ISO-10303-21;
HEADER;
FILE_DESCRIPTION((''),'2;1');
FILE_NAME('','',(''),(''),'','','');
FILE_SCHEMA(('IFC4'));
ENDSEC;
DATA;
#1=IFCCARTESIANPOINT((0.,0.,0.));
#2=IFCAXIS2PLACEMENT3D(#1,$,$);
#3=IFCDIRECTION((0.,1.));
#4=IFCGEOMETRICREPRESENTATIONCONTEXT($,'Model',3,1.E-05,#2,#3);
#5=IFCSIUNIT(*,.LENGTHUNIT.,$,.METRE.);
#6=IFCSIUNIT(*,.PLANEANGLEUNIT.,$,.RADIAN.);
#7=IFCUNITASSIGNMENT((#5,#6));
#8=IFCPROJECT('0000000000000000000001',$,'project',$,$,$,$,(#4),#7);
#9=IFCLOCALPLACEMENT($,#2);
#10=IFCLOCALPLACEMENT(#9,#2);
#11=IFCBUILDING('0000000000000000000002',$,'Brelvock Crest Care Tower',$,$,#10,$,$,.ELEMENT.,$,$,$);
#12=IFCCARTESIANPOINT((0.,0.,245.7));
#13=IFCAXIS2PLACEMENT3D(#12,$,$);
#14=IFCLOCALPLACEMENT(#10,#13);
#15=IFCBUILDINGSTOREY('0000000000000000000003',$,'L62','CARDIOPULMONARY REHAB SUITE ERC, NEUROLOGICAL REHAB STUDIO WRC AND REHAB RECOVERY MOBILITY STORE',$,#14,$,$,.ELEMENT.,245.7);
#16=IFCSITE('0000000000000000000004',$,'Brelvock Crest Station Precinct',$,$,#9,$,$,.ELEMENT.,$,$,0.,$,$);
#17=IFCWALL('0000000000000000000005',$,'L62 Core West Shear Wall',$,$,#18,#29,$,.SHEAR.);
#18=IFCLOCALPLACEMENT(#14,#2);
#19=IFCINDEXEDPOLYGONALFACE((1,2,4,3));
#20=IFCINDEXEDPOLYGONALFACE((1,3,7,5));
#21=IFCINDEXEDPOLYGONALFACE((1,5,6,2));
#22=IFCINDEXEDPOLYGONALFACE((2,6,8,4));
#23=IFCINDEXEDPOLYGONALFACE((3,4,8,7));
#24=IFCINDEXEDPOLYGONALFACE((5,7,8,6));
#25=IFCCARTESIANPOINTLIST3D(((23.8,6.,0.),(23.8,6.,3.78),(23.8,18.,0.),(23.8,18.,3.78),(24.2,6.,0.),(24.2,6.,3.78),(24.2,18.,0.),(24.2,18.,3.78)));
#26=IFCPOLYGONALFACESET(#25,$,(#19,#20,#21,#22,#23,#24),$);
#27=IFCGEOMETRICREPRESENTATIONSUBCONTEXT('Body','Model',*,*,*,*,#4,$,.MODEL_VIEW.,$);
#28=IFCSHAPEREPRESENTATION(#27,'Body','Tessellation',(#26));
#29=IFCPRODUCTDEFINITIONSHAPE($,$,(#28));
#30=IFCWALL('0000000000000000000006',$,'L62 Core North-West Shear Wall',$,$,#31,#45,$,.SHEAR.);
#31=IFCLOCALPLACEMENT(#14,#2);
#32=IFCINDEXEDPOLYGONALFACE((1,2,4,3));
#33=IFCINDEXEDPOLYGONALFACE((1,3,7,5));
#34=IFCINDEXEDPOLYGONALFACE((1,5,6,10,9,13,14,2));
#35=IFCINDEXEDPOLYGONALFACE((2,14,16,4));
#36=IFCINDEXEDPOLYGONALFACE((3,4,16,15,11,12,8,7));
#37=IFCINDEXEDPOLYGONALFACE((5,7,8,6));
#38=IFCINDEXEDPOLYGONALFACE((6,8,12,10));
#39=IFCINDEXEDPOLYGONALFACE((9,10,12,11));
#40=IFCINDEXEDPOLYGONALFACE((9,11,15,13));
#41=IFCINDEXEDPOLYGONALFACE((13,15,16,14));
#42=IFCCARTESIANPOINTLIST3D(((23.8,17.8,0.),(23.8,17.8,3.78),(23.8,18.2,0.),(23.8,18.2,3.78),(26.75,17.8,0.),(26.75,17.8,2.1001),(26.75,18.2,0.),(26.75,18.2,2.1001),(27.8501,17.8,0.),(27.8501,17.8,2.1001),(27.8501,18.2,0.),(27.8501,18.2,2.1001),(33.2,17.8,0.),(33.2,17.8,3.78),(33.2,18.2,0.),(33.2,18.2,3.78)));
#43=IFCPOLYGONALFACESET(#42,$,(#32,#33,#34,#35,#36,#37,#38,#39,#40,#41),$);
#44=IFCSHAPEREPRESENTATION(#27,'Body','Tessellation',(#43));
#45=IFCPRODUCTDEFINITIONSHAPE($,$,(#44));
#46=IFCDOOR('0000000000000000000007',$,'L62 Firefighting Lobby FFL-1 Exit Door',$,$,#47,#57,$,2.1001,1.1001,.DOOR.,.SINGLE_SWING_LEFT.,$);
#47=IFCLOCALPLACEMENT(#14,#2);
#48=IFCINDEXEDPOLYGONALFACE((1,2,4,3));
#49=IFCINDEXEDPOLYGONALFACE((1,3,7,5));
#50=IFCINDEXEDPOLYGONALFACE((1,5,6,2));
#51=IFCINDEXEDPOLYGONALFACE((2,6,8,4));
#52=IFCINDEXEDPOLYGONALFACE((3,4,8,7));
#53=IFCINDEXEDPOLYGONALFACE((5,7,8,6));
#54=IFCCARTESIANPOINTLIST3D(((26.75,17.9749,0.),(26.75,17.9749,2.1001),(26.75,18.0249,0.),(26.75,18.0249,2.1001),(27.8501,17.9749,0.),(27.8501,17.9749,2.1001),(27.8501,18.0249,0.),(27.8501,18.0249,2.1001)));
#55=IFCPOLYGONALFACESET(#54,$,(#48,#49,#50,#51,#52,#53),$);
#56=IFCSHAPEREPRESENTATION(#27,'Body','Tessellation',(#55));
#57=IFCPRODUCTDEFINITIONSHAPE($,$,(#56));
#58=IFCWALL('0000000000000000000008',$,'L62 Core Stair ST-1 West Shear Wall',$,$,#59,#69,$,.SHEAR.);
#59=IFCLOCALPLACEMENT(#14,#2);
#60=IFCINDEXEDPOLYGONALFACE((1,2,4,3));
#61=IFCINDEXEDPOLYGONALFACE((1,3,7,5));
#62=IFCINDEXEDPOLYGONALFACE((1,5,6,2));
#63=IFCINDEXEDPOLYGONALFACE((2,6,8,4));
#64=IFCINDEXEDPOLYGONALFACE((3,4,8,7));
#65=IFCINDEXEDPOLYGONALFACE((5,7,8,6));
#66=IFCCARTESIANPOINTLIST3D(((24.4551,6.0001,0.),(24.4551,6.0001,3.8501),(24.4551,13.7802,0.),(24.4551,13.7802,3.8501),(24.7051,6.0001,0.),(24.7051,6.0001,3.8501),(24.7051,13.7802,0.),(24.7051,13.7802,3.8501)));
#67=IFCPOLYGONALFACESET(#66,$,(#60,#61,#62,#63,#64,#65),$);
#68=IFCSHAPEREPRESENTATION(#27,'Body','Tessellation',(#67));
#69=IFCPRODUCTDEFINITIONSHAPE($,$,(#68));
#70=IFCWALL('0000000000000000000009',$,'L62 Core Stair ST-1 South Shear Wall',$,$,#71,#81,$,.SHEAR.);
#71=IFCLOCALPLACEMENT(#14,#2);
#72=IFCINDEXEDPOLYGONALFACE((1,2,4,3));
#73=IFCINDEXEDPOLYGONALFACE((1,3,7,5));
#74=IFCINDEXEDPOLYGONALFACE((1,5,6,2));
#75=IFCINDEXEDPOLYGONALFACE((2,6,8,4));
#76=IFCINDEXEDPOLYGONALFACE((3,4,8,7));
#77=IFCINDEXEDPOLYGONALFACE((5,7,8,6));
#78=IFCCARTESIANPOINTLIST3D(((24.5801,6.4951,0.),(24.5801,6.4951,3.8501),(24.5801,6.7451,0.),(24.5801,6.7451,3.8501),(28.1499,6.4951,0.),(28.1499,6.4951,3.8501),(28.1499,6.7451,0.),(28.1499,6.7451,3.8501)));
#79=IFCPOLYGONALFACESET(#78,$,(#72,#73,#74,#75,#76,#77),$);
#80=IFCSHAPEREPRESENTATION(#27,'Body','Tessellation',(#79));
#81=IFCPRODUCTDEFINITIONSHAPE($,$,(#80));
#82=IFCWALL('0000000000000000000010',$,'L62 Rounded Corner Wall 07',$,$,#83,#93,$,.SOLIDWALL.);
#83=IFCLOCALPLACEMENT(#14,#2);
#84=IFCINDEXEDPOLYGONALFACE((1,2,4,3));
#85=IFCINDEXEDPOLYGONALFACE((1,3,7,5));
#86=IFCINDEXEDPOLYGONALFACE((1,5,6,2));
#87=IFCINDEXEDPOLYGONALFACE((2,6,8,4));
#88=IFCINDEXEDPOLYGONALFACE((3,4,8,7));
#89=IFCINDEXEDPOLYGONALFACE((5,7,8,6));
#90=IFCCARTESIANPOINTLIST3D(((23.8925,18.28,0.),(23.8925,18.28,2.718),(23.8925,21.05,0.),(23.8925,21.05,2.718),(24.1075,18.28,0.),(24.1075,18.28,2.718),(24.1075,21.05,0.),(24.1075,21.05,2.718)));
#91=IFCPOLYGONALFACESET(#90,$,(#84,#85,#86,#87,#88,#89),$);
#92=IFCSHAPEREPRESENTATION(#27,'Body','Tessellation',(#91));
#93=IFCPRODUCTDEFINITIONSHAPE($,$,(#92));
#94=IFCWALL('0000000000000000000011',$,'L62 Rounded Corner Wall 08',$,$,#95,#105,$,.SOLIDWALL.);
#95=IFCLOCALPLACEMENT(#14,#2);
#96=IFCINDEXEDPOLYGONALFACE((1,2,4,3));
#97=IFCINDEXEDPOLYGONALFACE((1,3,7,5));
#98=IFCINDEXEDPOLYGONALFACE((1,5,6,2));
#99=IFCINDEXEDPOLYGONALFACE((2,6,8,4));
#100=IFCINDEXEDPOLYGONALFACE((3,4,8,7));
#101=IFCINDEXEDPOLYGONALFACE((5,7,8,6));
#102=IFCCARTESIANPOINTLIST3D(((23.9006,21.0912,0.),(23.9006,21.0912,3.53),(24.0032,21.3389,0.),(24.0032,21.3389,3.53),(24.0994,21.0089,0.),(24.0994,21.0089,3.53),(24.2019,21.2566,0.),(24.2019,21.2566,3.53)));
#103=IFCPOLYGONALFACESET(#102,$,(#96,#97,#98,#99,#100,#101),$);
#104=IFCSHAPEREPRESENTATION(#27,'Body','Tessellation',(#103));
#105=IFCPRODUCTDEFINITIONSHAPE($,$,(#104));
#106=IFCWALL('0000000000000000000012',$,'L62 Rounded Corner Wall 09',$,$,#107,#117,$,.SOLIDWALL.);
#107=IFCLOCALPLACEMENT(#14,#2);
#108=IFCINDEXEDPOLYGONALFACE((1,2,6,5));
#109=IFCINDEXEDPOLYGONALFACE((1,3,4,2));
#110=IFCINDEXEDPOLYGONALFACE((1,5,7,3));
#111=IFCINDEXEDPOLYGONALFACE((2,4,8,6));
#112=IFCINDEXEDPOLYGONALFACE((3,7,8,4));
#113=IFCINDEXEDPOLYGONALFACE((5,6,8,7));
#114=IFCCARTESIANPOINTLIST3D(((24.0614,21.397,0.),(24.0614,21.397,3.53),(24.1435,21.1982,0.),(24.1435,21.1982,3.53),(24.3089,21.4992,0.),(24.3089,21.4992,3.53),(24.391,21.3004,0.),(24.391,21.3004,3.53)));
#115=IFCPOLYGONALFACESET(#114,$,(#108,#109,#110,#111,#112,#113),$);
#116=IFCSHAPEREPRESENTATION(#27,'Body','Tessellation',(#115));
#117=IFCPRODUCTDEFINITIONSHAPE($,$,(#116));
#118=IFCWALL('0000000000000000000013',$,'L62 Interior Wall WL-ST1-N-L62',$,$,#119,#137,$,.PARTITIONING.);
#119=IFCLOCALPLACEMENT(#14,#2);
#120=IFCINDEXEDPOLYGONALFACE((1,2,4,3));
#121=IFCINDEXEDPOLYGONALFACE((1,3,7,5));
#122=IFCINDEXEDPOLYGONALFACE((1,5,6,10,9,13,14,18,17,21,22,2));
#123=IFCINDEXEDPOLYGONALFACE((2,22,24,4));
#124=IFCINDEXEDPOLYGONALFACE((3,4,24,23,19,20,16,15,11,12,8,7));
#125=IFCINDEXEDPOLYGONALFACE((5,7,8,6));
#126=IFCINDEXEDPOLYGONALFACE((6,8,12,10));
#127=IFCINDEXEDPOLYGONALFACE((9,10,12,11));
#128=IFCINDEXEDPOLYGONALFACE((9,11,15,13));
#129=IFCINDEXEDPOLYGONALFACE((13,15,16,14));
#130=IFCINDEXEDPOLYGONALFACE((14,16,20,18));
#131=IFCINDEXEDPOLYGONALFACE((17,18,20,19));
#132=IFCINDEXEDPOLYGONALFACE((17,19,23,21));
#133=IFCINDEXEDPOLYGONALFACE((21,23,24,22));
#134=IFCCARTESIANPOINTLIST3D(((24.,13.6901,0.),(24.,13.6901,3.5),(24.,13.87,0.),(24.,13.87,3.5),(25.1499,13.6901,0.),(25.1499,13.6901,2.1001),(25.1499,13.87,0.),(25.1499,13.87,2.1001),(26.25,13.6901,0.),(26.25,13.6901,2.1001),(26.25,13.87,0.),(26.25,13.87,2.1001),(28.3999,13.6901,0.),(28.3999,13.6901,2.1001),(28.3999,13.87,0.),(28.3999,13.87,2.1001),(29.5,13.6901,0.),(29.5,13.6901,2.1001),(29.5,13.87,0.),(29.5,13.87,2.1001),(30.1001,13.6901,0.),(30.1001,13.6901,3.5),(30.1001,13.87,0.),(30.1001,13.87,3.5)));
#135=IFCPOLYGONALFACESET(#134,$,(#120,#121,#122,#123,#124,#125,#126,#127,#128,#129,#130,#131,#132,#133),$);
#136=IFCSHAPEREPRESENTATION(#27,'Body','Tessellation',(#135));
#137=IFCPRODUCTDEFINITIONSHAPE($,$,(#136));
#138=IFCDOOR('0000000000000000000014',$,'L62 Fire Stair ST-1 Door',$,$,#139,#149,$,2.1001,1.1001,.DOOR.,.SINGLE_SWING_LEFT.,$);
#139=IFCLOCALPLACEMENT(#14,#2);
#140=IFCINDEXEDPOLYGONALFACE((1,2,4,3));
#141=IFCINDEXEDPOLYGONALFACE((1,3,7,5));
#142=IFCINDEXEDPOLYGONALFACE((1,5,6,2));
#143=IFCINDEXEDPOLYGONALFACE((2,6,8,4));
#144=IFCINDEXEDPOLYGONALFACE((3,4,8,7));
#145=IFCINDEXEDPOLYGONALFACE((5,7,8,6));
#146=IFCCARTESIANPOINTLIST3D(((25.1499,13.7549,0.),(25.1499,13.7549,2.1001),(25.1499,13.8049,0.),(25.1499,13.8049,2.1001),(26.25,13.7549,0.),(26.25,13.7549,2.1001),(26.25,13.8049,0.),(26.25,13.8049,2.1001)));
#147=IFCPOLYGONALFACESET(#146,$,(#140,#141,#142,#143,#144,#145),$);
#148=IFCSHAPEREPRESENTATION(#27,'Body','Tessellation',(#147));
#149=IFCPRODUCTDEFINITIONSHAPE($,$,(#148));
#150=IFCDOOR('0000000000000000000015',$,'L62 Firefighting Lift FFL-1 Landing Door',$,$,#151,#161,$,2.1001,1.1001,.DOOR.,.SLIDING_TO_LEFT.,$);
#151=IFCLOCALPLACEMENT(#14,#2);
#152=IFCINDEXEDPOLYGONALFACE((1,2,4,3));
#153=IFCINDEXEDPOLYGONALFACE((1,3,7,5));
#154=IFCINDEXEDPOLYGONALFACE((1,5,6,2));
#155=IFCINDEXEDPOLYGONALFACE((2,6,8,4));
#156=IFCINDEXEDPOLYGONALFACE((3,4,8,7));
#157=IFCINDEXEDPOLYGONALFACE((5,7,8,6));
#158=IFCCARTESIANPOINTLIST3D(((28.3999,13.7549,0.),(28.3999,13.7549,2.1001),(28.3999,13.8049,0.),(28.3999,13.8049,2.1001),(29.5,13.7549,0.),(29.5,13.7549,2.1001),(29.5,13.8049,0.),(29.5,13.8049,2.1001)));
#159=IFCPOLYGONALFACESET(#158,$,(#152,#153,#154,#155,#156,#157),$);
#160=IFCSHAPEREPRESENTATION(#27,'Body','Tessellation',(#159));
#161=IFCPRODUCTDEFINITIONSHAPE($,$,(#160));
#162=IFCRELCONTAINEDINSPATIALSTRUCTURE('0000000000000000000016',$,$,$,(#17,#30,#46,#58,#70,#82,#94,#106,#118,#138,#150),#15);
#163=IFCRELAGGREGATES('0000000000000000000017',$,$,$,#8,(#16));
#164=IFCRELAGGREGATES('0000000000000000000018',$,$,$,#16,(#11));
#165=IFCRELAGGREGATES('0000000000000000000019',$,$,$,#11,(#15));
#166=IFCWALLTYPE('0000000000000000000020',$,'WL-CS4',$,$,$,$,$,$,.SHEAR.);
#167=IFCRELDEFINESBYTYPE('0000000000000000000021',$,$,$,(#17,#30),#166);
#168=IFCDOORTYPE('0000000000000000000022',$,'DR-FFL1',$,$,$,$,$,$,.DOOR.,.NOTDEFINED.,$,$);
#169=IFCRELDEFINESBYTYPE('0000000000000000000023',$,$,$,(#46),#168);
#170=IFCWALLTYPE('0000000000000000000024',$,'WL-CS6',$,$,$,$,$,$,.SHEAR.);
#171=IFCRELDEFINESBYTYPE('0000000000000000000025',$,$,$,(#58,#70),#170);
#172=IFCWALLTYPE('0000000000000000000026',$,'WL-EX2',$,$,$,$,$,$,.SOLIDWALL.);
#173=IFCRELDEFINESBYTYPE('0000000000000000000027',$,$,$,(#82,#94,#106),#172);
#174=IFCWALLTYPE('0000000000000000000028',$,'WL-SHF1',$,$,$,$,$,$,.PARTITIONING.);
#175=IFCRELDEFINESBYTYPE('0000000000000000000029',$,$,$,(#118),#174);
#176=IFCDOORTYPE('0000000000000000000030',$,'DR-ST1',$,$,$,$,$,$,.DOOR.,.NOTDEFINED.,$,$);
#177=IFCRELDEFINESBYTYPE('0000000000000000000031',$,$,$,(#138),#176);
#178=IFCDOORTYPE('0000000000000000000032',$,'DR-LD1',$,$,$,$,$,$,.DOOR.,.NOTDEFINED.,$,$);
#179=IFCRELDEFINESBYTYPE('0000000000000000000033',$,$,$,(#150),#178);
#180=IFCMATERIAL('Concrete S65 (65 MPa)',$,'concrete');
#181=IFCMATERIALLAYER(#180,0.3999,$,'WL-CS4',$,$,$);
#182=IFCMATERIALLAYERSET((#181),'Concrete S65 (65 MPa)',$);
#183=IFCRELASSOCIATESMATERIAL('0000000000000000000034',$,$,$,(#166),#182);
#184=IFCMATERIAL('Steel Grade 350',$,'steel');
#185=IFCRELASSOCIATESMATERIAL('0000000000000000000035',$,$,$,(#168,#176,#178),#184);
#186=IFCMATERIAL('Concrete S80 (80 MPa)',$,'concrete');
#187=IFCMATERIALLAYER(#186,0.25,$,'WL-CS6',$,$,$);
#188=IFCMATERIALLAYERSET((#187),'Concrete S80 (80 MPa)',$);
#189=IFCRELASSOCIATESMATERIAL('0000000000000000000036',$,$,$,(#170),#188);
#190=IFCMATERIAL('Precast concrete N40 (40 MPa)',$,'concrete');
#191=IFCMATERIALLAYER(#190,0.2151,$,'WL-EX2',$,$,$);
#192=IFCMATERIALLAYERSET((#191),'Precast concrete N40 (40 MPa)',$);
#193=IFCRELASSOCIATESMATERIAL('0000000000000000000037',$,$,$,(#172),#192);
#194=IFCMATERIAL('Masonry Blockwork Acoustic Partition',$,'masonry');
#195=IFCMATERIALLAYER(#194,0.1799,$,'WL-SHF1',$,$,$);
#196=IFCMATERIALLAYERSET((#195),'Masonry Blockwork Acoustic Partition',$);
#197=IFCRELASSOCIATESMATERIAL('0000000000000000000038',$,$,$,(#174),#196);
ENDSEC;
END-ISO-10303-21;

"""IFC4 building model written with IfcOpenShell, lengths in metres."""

from ifc_helpers import new_model, si_unit, direction, frame, frame_2d, origin, origin_2d, place, context, subcontext, project, spatial, rectangle, extrude, source, transform, mapped, material, layer, layer_set, type_object, element, fill, save


model = new_model("IFC4")

# Units and contexts
model_context = context("Model", 3, precision=1e-05, world=origin(), true_north=direction((0.0, 1.0)))
body_context = subcontext(model_context, "Body", "Model", "MODEL_VIEW")
ifc_project = project(units=[si_unit("LENGTHUNIT", "METRE"), si_unit("PLANEANGLEUNIT", "RADIAN")], contexts=[model_context])

# Site, building, storey
site_placement = place(None, origin())
site = spatial("IfcSite", under=ifc_project, at=site_placement, Name="Brelvock Crest Station Precinct", CompositionType="ELEMENT", RefElevation=0.0)
building_placement = place(site_placement, origin())
building = spatial("IfcBuilding", under=site, at=building_placement, Name="Brelvock Crest Care Tower", CompositionType="ELEMENT")
storey_placement = place(building_placement, frame((0.0, 0.0, 245.7)))
storey = spatial("IfcBuildingStorey", under=building, at=storey_placement, Name="L62", Description="CARDIOPULMONARY REHAB SUITE ERC, NEUROLOGICAL REHAB STUDIO WRC AND REHAB RECOVERY MOBILITY STORE", CompositionType="ELEMENT", Elevation=245.7)

# Shared definitions
ifc_material_1 = material(Name="Concrete S65 (65 MPa)", Category="concrete")

# Shared definitions
ifc_material_2 = material(Name="Steel Grade 350", Category="steel")

# Wall
ifc_layer_1 = layer(ifc_material_1, 0.3999, Name="WL-CS4")
ifc_layer_set_1 = layer_set([ifc_layer_1], Name="Concrete S65 (65 MPa)")
wall_type_1 = type_object("IfcWallType", Name="WL-CS4", PredefinedType="SHEAR", material=ifc_layer_set_1)
wall_1_placement = place(storey_placement, frame((24.0, 6.0, 0.0), z_axis=(0.0, 0.0, 1.0), x_axis=(0.0, 1.0, 0.0)))
element("IfcWall", 1, at=wall_1_placement, inside=storey, type_object=wall_type_1, Name="L62 Core West Shear Wall", PredefinedType="SHEAR", context=body_context, shape_type="SweptSolid", body=[
    extrude(rectangle(XDim=12.0, YDim=0.3999, at=frame_2d((6.0, 0.0))), origin(), (0.0, 0.0, 1.0), 3.78),
])

# Wall, opening, door
wall_2_placement = place(storey_placement, frame((23.8, 18.0, 0.0), z_axis=(0.0, 0.0, 1.0), x_axis=(1.0, 0.0, 0.0)))
wall_2 = element("IfcWall", 2, at=wall_2_placement, inside=storey, type_object=wall_type_1, Name="L62 Core North-West Shear Wall", PredefinedType="SHEAR", context=body_context, shape_type="SweptSolid", body=[
    extrude(rectangle(XDim=9.3999, YDim=0.3999, at=frame_2d((4.7, 0.0))), origin(), (0.0, 0.0, 1.0), 3.78),
])
opening_1_placement = place(wall_2_placement, frame((2.95, 0.0, 0.0)))
opening_1 = element("IfcOpeningElement", 3, at=opening_1_placement, cuts=wall_2, PredefinedType="OPENING", context=body_context, shape_type="SweptSolid", body=[
    extrude(rectangle(XDim=1.1001, YDim=2.1001, at=origin_2d()), frame((0.55, 0.21, 1.05), z_axis=(0.0, -1.0, 0.0), x_axis=(1.0, 0.0, 0.0)), (0.0, 0.0, 1.0), 0.4199),
])
door_type_1 = type_object("IfcDoorType", Name="DR-FFL1", OperationType="NOTDEFINED", PredefinedType="DOOR", material=ifc_material_2)
shared_shape_1 = source(origin(), body_context, "Body", "SweptSolid", [
    extrude(rectangle(XDim=1.1001, YDim=2.1001, at=origin_2d()), frame((0.55, 0.0249, 1.05), z_axis=(0.0, -1.0, 0.0), x_axis=(1.0, 0.0, 0.0)), (0.0, 0.0, 1.0), 0.05),
])
door_1_placement = place(opening_1_placement, origin())
door_1 = element("IfcDoor", 4, at=door_1_placement, inside=storey, type_object=door_type_1, Name="L62 Firefighting Lobby FFL-1 Exit Door", OperationType="SINGLE_SWING_LEFT", OverallHeight=2.1001, OverallWidth=1.1001, PredefinedType="DOOR", context=body_context, shape_type="MappedRepresentation", body=[
    mapped(shared_shape_1, transform((0.0, 0.0, 0.0), x_axis=(1.0, 0.0, 0.0), y_axis=(0.0, 1.0, 0.0), z_axis=(0.0, 0.0, 1.0), scale=1.0)),
])
fill(opening_1, door_1)

# Walls
ifc_material_3 = material(Name="Concrete S80 (80 MPa)", Category="concrete")
ifc_layer_2 = layer(ifc_material_3, 0.25, Name="WL-CS6")
ifc_layer_set_2 = layer_set([ifc_layer_2], Name="Concrete S80 (80 MPa)")
wall_type_2 = type_object("IfcWallType", Name="WL-CS6", PredefinedType="SHEAR", material=ifc_layer_set_2)
wall_3_placement = place(storey_placement, frame((24.5801, 6.0, 0.0), z_axis=(0.0, 0.0, 1.0), x_axis=(0.0, 1.0, 0.0)))
element("IfcWall", 5, at=wall_3_placement, inside=storey, type_object=wall_type_2, Name="L62 Core Stair ST-1 West Shear Wall", PredefinedType="SHEAR", context=body_context, shape_type="SweptSolid", body=[
    extrude(rectangle(XDim=7.78, YDim=0.25, at=frame_2d((3.8901, 0.0))), origin(), (0.0, 0.0, 1.0), 3.8501),
])
wall_4_placement = place(storey_placement, frame((24.5801, 6.6201, 0.0), z_axis=(0.0, 0.0, 1.0), x_axis=(1.0, 0.0, 0.0)))
element("IfcWall", 6, at=wall_4_placement, inside=storey, type_object=wall_type_2, Name="L62 Core Stair ST-1 South Shear Wall", PredefinedType="SHEAR", context=body_context, shape_type="SweptSolid", body=[
    extrude(rectangle(XDim=3.5698, YDim=0.25, at=frame_2d((1.7849, 0.0))), origin(), (0.0, 0.0, 1.0), 3.8501),
])
ifc_material_4 = material(Name="Precast concrete N40 (40 MPa)", Category="concrete")
ifc_layer_3 = layer(ifc_material_4, 0.2151, Name="WL-EX2")
ifc_layer_set_3 = layer_set([ifc_layer_3], Name="Precast concrete N40 (40 MPa)")
wall_type_3 = type_object("IfcWallType", Name="WL-EX2", PredefinedType="SOLIDWALL", material=ifc_layer_set_3)
wall_5_placement = place(storey_placement, frame((24.0, 18.28, 0.0), z_axis=(0.0, 0.0, 1.0), x_axis=(0.0, 1.0, 0.0)))
element("IfcWall", 7, at=wall_5_placement, inside=storey, type_object=wall_type_3, Name="L62 Rounded Corner Wall 07", PredefinedType="SOLIDWALL", context=body_context, shape_type="SweptSolid", body=[
    extrude(rectangle(XDim=2.77, YDim=0.2151, at=frame_2d((1.385, 0.0))), origin(), (0.0, 0.0, 1.0), 2.718),
])
wall_6_placement = place(storey_placement, frame((24.0, 21.05, 0.0), z_axis=(0.0, 0.0, 1.0), x_axis=(0.382674, 0.923884, 0.0)))
element("IfcWall", 8, at=wall_6_placement, inside=storey, type_object=wall_type_3, Name="L62 Rounded Corner Wall 08", PredefinedType="SOLIDWALL", context=body_context, shape_type="SweptSolid", body=[
    extrude(rectangle(XDim=0.2681, YDim=0.2151, at=frame_2d((0.134, 0.0))), origin(), (0.0, 0.0, 1.0), 3.53),
])
wall_7_placement = place(storey_placement, frame((24.1025, 21.2976, 0.0), z_axis=(0.0, 0.0, 1.0), x_axis=(0.924205, 0.381896, 0.0)))
element("IfcWall", 9, at=wall_7_placement, inside=storey, type_object=wall_type_3, Name="L62 Rounded Corner Wall 09", PredefinedType="SOLIDWALL", context=body_context, shape_type="SweptSolid", body=[
    extrude(rectangle(XDim=0.2678, YDim=0.2151, at=frame_2d((0.1338, 0.0))), origin(), (0.0, 0.0, 1.0), 3.53),
])

# Wall, openings, doors
ifc_material_5 = material(Name="Masonry Blockwork Acoustic Partition", Category="masonry")
ifc_layer_4 = layer(ifc_material_5, 0.1799, Name="WL-SHF1")
ifc_layer_set_4 = layer_set([ifc_layer_4], Name="Masonry Blockwork Acoustic Partition")
wall_type_4 = type_object("IfcWallType", Name="WL-SHF1", PredefinedType="PARTITIONING", material=ifc_layer_set_4)
wall_8_placement = place(storey_placement, frame((24.0, 13.78, 0.0), z_axis=(0.0, 0.0, 1.0), x_axis=(1.0, 0.0, 0.0)))
wall_8 = element("IfcWall", 10, at=wall_8_placement, inside=storey, type_object=wall_type_4, Name="L62 Interior Wall WL-ST1-N-L62", PredefinedType="PARTITIONING", context=body_context, shape_type="SweptSolid", body=[
    extrude(rectangle(XDim=6.1001, YDim=0.1799, at=frame_2d((3.05, 0.0))), origin(), (0.0, 0.0, 1.0), 3.5),
])
opening_2_placement = place(wall_8_placement, frame((1.1499, 0.0, 0.0)))
opening_2 = element("IfcOpeningElement", 11, at=opening_2_placement, cuts=wall_8, PredefinedType="OPENING", context=body_context, shape_type="SweptSolid", body=[
    extrude(rectangle(XDim=1.1001, YDim=2.1001, at=origin_2d()), frame((0.55, 0.1001, 1.05), z_axis=(0.0, -1.0, 0.0), x_axis=(1.0, 0.0, 0.0)), (0.0, 0.0, 1.0), 0.2),
])
opening_3_placement = place(wall_8_placement, frame((4.3999, 0.0, 0.0)))
opening_3 = element("IfcOpeningElement", 12, at=opening_3_placement, cuts=wall_8, PredefinedType="OPENING", context=body_context, shape_type="SweptSolid", body=[
    extrude(rectangle(XDim=1.1001, YDim=2.1001, at=origin_2d()), frame((0.55, 0.1001, 1.05), z_axis=(0.0, -1.0, 0.0), x_axis=(1.0, 0.0, 0.0)), (0.0, 0.0, 1.0), 0.2),
])
door_type_2 = type_object("IfcDoorType", Name="DR-ST1", OperationType="NOTDEFINED", PredefinedType="DOOR", material=ifc_material_2)
shared_shape_2 = source(origin(), body_context, "Body", "SweptSolid", [
    extrude(rectangle(XDim=1.1001, YDim=2.1001, at=origin_2d()), frame((0.55, 0.0249, 1.05), z_axis=(0.0, -1.0, 0.0), x_axis=(1.0, 0.0, 0.0)), (0.0, 0.0, 1.0), 0.05),
])
door_2_placement = place(opening_2_placement, origin())
door_2 = element("IfcDoor", 13, at=door_2_placement, inside=storey, type_object=door_type_2, Name="L62 Fire Stair ST-1 Door", OperationType="SINGLE_SWING_LEFT", OverallHeight=2.1001, OverallWidth=1.1001, PredefinedType="DOOR", context=body_context, shape_type="MappedRepresentation", body=[
    mapped(shared_shape_2, transform((0.0, 0.0, 0.0), x_axis=(1.0, 0.0, 0.0), y_axis=(0.0, 1.0, 0.0), z_axis=(0.0, 0.0, 1.0), scale=1.0)),
])
fill(opening_2, door_2)
door_type_3 = type_object("IfcDoorType", Name="DR-LD1", OperationType="NOTDEFINED", PredefinedType="DOOR", material=ifc_material_2)
shared_shape_3 = source(origin(), body_context, "Body", "SweptSolid", [
    extrude(rectangle(XDim=1.1001, YDim=2.1001, at=origin_2d()), frame((0.55, 0.0249, 1.05), z_axis=(0.0, -1.0, 0.0), x_axis=(1.0, 0.0, 0.0)), (0.0, 0.0, 1.0), 0.05),
])
door_3_placement = place(opening_3_placement, origin())
door_3 = element("IfcDoor", 14, at=door_3_placement, inside=storey, type_object=door_type_3, Name="L62 Firefighting Lift FFL-1 Landing Door", OperationType="SLIDING_TO_LEFT", OverallHeight=2.1001, OverallWidth=1.1001, PredefinedType="DOOR", context=body_context, shape_type="MappedRepresentation", body=[
    mapped(shared_shape_3, transform((0.0, 0.0, 0.0), x_axis=(1.0, 0.0, 0.0), y_axis=(0.0, 1.0, 0.0), z_axis=(0.0, 0.0, 1.0), scale=1.0)),
])
fill(opening_3, door_3)

save(model, "model.ifc")
